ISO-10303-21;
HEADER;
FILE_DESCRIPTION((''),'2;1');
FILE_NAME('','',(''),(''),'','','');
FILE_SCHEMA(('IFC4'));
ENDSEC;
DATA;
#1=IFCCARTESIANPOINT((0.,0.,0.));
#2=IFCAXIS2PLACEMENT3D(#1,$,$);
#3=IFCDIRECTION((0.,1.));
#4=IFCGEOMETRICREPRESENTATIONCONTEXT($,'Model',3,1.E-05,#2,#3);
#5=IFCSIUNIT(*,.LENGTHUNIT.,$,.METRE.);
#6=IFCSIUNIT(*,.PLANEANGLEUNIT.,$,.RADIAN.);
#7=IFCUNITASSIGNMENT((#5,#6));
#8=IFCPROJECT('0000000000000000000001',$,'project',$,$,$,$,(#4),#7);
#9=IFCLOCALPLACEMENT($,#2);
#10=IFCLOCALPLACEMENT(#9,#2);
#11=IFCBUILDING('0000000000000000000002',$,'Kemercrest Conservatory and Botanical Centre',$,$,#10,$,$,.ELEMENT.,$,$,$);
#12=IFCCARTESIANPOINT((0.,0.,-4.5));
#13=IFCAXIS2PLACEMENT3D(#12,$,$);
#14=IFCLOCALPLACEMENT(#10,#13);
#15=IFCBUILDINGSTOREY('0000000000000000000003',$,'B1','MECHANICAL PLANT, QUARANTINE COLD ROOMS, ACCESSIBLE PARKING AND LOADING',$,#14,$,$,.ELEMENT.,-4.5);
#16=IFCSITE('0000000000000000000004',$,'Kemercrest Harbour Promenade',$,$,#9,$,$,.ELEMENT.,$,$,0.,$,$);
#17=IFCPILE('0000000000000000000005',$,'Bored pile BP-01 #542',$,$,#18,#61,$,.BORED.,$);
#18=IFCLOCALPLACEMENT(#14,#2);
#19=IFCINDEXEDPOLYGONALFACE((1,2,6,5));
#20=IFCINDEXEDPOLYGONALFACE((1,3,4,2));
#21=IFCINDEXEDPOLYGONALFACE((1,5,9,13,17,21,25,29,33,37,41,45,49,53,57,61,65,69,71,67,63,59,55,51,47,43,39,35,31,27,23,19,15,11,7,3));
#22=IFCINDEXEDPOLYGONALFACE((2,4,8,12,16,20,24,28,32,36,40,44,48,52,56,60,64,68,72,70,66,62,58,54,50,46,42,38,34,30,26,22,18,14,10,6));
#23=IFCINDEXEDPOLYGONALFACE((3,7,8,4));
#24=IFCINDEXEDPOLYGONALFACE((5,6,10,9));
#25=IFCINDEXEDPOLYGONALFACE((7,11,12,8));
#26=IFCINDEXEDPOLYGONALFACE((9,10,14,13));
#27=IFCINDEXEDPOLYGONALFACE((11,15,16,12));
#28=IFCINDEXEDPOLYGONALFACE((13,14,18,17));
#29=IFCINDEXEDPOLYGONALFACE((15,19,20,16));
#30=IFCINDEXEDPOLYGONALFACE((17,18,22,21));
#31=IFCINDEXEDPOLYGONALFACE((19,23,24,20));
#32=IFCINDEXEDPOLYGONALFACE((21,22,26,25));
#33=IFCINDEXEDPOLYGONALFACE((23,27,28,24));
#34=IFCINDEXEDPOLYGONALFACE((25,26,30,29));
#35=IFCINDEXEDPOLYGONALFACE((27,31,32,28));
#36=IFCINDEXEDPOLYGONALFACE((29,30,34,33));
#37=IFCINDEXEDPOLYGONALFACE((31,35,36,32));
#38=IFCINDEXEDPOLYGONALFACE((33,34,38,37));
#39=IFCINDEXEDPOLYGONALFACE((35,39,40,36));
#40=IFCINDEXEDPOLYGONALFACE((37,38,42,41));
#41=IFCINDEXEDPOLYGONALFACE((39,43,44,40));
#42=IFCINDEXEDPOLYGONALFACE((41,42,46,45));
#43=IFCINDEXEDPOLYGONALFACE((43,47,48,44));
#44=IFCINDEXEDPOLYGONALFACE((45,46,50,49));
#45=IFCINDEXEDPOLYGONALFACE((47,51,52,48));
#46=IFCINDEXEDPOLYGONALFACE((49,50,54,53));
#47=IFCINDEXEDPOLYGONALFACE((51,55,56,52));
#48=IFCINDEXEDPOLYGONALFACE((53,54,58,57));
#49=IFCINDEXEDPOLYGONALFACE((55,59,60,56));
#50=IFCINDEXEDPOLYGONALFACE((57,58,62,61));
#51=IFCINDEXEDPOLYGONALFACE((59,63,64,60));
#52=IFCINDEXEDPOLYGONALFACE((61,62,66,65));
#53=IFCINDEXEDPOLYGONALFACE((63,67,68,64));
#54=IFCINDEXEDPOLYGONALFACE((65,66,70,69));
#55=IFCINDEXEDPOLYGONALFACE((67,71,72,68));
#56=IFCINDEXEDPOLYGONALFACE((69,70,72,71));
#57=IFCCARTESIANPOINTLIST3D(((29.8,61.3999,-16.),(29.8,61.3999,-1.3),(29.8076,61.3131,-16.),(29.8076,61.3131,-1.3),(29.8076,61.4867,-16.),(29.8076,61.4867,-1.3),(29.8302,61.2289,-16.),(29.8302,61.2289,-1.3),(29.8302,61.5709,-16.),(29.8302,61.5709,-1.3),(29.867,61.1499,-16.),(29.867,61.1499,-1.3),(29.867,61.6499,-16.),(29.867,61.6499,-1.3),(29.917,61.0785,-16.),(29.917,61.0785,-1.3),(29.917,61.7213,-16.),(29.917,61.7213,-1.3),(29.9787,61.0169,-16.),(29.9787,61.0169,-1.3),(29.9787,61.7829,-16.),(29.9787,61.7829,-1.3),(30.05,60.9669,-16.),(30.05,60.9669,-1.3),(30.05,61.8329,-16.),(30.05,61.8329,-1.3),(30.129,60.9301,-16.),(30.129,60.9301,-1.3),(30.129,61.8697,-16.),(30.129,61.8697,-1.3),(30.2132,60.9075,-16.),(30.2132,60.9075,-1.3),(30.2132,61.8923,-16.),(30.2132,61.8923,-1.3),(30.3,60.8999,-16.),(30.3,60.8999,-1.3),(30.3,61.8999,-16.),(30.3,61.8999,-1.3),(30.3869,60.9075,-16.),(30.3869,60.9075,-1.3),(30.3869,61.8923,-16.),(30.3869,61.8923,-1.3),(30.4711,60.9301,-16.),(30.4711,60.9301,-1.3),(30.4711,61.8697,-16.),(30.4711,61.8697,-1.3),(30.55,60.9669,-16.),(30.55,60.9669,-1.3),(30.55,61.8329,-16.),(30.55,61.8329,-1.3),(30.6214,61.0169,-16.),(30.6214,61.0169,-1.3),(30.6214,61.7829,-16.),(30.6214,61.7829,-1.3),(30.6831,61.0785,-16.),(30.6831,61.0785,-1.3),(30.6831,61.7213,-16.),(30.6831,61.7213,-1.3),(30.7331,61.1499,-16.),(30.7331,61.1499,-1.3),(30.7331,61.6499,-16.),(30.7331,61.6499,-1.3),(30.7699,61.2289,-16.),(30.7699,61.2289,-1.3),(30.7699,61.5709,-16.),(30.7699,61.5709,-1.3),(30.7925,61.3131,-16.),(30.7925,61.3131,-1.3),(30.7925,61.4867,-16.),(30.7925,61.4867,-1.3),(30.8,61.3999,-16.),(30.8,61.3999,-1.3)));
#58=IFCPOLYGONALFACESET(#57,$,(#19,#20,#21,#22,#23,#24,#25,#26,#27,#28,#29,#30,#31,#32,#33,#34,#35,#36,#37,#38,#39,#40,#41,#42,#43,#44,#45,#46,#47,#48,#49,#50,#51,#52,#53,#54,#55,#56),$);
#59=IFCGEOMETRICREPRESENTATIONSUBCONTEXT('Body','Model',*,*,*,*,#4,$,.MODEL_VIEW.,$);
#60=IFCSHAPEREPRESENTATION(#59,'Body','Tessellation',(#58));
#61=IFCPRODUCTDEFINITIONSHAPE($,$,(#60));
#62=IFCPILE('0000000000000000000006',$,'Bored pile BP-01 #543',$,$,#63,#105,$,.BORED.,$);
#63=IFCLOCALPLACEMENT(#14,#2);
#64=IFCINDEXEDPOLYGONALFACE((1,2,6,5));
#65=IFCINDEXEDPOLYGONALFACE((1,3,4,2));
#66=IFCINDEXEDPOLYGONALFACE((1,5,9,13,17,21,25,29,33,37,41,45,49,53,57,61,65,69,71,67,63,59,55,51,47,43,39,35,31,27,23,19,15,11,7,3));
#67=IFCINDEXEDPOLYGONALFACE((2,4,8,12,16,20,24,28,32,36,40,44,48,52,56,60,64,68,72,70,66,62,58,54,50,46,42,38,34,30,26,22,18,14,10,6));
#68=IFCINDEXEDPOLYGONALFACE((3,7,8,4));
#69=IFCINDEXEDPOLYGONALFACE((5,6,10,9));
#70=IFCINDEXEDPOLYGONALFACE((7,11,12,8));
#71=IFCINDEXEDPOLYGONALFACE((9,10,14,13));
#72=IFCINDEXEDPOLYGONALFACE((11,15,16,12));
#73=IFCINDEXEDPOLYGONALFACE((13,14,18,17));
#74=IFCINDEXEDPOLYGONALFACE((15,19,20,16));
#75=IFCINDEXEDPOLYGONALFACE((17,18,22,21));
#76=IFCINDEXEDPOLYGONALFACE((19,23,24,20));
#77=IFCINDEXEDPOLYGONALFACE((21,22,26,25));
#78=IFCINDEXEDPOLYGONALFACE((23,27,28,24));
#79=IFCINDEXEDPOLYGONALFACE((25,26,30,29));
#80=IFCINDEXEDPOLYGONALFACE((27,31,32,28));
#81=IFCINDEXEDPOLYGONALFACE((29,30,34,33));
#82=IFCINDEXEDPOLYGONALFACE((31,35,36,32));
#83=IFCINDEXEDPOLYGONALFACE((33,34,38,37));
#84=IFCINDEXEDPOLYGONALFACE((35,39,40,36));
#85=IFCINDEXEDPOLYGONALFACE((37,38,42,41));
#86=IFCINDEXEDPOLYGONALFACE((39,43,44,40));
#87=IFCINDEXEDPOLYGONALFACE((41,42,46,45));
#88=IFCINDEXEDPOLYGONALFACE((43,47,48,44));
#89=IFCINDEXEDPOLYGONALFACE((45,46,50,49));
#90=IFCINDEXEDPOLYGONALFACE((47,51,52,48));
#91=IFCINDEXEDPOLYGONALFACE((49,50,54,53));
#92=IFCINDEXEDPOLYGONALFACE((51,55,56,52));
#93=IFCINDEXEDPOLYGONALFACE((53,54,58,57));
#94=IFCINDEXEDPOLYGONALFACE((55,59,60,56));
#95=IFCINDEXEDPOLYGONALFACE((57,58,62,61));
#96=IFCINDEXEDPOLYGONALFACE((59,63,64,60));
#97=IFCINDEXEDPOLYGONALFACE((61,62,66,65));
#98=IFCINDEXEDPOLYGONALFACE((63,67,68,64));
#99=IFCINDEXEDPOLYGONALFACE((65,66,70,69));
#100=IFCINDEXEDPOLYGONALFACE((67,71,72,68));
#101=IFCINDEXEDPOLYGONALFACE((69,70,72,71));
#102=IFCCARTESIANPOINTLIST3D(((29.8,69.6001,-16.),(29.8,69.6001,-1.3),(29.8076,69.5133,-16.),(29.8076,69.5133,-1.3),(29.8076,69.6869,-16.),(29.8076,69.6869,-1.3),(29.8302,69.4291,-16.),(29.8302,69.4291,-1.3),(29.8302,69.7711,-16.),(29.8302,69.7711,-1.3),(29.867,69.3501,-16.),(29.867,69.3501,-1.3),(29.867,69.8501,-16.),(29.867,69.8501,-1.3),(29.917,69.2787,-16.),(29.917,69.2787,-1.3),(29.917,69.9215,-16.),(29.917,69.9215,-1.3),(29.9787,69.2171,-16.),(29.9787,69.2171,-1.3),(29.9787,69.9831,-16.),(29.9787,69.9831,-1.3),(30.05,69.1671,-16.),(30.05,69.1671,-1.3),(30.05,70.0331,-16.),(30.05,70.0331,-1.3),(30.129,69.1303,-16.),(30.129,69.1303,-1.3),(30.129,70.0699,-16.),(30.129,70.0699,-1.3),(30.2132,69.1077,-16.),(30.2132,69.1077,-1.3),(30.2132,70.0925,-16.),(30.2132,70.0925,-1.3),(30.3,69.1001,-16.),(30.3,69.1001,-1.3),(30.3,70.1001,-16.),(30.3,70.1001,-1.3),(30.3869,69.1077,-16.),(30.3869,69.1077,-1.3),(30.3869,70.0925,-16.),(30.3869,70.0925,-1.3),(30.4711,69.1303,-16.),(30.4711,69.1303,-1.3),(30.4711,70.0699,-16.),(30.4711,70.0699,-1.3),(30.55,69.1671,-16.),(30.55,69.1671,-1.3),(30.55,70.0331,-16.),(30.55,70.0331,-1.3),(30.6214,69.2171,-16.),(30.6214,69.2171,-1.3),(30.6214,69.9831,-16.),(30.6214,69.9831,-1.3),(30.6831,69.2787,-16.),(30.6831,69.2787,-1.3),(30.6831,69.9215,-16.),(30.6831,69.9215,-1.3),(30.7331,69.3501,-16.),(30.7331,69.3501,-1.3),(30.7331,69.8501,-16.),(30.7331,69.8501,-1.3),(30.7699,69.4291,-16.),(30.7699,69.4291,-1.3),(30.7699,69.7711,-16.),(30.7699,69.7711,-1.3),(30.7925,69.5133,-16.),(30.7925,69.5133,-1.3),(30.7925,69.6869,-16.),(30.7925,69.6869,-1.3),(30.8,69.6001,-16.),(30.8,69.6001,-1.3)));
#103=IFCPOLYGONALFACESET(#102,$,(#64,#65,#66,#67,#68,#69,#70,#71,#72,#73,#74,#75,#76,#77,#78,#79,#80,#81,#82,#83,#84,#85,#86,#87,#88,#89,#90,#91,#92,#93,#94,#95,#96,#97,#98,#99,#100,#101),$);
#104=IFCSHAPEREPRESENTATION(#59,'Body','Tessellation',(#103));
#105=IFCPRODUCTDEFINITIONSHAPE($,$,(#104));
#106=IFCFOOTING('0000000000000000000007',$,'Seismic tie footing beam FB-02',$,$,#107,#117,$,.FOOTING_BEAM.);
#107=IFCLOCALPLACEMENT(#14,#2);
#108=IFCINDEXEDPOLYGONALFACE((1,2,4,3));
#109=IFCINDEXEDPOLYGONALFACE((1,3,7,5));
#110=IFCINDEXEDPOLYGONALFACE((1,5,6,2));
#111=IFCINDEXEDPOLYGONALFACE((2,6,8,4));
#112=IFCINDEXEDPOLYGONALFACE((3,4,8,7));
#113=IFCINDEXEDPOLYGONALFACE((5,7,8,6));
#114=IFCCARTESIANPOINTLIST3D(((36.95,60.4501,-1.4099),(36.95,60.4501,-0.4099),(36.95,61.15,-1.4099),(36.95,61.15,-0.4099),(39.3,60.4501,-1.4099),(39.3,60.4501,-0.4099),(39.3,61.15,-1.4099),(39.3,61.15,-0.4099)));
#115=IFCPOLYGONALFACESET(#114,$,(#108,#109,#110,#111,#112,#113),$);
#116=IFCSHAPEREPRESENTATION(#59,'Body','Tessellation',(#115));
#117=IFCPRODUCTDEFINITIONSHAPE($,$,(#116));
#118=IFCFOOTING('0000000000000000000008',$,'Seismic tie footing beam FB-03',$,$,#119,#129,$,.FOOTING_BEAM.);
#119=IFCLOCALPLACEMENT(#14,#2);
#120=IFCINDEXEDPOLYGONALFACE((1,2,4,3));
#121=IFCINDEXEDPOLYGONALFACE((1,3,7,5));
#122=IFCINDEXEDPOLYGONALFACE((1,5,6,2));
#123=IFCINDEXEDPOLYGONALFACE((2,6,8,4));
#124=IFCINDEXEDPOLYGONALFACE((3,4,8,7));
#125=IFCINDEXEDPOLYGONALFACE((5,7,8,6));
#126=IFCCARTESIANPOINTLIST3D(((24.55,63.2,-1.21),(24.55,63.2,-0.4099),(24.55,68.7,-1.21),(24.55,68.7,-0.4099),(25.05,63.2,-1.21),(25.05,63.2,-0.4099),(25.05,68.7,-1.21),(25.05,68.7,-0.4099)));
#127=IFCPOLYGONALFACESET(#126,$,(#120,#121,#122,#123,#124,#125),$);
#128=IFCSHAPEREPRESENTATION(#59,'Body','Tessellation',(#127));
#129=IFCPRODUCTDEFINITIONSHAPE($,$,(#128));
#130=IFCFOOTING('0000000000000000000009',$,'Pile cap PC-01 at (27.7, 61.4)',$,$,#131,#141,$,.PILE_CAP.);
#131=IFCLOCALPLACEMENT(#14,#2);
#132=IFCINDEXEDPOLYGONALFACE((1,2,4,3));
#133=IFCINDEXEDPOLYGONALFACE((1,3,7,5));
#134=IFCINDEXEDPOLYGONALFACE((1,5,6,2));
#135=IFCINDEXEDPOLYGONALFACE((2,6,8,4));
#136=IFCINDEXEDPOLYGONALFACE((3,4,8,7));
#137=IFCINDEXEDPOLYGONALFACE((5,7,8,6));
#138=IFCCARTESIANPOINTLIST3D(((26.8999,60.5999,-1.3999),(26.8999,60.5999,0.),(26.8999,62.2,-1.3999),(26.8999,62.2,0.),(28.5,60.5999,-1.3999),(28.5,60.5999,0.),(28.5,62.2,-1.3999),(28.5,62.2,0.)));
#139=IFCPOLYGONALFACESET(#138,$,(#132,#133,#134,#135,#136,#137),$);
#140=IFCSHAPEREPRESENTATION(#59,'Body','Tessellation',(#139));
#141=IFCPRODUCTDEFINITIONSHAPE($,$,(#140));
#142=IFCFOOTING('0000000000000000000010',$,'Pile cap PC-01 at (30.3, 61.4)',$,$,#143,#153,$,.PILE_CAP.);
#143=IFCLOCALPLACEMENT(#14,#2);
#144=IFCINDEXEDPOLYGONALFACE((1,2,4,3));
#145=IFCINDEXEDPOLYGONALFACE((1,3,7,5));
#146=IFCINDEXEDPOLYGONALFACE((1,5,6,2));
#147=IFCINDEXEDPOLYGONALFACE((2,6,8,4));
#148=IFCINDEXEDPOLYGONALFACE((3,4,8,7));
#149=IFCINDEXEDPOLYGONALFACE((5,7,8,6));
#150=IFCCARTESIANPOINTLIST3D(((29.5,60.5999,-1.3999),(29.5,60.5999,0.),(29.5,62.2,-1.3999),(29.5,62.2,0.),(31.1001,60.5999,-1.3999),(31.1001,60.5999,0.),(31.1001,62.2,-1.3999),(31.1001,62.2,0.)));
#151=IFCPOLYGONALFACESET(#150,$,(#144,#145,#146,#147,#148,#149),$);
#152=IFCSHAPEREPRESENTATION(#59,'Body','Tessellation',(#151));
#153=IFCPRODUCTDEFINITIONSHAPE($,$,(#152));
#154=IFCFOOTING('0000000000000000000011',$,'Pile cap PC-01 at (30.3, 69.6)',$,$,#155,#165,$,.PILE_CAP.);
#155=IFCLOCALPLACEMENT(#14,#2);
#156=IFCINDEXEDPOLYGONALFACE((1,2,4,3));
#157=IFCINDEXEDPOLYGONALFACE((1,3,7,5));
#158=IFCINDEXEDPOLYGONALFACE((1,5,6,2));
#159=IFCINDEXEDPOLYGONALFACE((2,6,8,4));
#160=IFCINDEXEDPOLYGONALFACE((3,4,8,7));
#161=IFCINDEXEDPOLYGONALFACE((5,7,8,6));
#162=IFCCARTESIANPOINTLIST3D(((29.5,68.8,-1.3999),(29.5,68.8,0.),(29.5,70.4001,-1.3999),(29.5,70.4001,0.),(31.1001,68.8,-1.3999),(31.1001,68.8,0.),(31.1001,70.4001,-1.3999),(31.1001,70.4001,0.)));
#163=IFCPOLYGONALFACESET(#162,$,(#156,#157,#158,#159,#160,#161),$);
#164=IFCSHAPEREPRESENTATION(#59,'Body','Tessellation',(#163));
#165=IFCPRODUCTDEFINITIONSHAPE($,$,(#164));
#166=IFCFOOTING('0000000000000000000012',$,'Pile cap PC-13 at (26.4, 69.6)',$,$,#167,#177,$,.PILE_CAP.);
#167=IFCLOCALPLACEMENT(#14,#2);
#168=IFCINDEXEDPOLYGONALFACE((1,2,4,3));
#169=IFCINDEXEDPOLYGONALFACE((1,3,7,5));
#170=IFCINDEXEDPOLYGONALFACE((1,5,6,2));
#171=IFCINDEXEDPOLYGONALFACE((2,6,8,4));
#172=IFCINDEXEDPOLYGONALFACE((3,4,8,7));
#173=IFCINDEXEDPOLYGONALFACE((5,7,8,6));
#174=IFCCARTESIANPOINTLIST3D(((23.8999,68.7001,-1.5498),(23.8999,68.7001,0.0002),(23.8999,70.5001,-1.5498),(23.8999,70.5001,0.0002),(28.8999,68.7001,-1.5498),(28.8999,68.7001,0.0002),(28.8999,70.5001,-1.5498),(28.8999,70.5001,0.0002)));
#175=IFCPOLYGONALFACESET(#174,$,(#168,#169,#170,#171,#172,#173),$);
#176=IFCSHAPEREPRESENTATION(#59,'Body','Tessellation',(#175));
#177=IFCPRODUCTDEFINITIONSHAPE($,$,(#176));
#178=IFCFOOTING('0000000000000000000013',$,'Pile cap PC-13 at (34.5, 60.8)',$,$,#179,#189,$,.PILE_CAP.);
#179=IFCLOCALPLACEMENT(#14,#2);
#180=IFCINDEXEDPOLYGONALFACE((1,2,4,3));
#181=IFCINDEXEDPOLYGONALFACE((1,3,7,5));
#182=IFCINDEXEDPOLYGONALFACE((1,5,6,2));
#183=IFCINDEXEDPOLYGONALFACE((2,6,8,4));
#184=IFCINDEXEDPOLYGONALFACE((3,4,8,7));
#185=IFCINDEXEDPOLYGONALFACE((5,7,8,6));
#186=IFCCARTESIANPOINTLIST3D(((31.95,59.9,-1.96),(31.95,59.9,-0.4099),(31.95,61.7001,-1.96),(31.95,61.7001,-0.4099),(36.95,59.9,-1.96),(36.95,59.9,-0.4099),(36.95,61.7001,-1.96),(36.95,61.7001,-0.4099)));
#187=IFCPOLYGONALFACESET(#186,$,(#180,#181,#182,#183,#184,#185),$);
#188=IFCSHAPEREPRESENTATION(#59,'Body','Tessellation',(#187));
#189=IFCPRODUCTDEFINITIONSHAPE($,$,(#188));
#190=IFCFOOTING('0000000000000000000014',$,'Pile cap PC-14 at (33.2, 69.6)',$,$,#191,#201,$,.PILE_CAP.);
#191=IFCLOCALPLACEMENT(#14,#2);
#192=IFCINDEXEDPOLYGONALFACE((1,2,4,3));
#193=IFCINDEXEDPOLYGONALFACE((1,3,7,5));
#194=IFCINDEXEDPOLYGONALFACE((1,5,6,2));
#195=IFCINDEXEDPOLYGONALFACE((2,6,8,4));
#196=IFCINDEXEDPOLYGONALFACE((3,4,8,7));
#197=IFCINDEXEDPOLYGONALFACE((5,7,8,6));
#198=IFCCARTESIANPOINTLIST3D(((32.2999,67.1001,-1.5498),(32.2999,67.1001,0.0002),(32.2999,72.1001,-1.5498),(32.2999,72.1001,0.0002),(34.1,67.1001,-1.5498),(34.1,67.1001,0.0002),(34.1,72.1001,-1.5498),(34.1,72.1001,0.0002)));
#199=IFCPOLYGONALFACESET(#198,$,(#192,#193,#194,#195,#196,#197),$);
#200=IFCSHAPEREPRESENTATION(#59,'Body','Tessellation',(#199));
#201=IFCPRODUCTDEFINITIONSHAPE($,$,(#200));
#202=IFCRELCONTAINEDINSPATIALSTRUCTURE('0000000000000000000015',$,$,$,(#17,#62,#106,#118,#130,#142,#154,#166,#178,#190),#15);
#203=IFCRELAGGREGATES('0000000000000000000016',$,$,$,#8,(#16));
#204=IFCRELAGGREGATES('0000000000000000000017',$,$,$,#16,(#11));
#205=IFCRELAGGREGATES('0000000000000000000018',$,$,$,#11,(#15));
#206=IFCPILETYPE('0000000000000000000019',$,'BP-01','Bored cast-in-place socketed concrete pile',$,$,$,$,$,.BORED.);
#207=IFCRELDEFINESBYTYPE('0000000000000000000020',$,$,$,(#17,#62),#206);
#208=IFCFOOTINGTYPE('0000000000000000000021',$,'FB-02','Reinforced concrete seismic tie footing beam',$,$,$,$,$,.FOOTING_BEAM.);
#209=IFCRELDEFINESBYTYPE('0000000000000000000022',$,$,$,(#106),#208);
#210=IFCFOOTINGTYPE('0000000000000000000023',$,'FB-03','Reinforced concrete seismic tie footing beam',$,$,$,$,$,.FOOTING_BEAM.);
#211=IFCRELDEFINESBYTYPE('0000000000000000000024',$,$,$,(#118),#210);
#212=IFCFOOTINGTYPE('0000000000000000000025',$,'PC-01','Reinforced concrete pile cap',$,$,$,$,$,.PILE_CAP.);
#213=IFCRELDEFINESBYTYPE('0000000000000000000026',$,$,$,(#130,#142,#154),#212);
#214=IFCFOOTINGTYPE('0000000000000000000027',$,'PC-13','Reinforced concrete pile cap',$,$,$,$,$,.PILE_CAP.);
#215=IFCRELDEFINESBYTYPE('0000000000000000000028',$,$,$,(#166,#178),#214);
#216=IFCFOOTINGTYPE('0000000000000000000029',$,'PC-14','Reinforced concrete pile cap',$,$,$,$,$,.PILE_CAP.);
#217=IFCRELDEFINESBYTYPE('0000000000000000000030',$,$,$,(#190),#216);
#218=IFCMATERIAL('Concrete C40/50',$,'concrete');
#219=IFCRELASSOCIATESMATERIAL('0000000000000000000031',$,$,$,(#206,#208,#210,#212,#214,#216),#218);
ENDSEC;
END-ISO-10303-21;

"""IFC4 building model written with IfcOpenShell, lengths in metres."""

from ifc_helpers import new_model, si_unit, direction, frame, origin, origin_2d, place, context, subcontext, project, spatial, rectangle, circle, extrude, material, material_profile, profile_set, type_object, element, save


model = new_model("IFC4")

# Units and contexts
model_context = context("Model", 3, precision=1e-05, world=origin(), true_north=direction((0.0, 1.0)))
body_context = subcontext(model_context, "Body", "Model", "MODEL_VIEW")
ifc_project = project(units=[si_unit("LENGTHUNIT", "METRE"), si_unit("PLANEANGLEUNIT", "RADIAN")], contexts=[model_context])

# Site, building, storey
site_placement = place(None, origin())
site = spatial("IfcSite", under=ifc_project, at=site_placement, Name="Kemercrest Harbour Promenade", CompositionType="ELEMENT", RefElevation=0.0)
building_placement = place(site_placement, origin())
building = spatial("IfcBuilding", under=site, at=building_placement, Name="Kemercrest Conservatory and Botanical Centre", CompositionType="ELEMENT")
storey_placement = place(building_placement, frame((0.0, 0.0, -4.5)))
storey = spatial("IfcBuildingStorey", under=building, at=storey_placement, Name="B1", Description="MECHANICAL PLANT, QUARANTINE COLD ROOMS, ACCESSIBLE PARKING AND LOADING", CompositionType="ELEMENT", Elevation=-4.5)

# Piles
ifc_material_1 = material(Name="Concrete C40/50", Category="concrete")
ifc_material_profile_1 = material_profile(ifc_material_1, circle(Radius=0.5, at=origin_2d()), Name="BORED PILE 1000")
ifc_profile_set_1 = profile_set([ifc_material_profile_1], Name="Concrete C40/50")
pile_type = type_object("IfcPileType", Name="BP-01", Description="Bored cast-in-place socketed concrete pile", PredefinedType="BORED", material=ifc_profile_set_1)
for number, where, z_axis, x_axis, name in (
    (1, (30.3, 61.3999, -1.3), (0.0, 0.0, -1.0), (1.0, 0.0, 0.0), "Bored pile BP-01 #542"),
    (2, (30.3, 69.6001, -1.3), (0.0, 0.0, -1.0), (1.0, 0.0, 0.0), "Bored pile BP-01 #543"),
):
    element("IfcPile", number, at=place(storey_placement, frame(where, z_axis=z_axis, x_axis=x_axis)), inside=storey, type_object=pile_type, Name=name, PredefinedType="BORED", context=body_context, shape_type="SweptSolid", body=[
        extrude(circle(Radius=0.5, at=origin_2d()), origin(), (0.0, 0.0, 1.0), 14.7),
    ])

# Footings
footing_type_1 = type_object("IfcFootingType", Name="FB-02", Description="Reinforced concrete seismic tie footing beam", PredefinedType="FOOTING_BEAM", material=ifc_material_1)
footing_1_placement = place(storey_placement, frame((38.125, 60.8, -1.4099), z_axis=(0.0, 0.0, 1.0), x_axis=(1.0, 0.0, 0.0)))
element("IfcFooting", 3, at=footing_1_placement, inside=storey, type_object=footing_type_1, Name="Seismic tie footing beam FB-02", PredefinedType="FOOTING_BEAM", context=body_context, shape_type="SweptSolid", body=[
    extrude(rectangle(XDim=2.3501, YDim=0.7, at=origin_2d()), origin(), (0.0, 0.0, 1.0), 1.0),
])
footing_type_2 = type_object("IfcFootingType", Name="FB-03", Description="Reinforced concrete seismic tie footing beam", PredefinedType="FOOTING_BEAM", material=ifc_material_1)
footing_2_placement = place(storey_placement, frame((24.8, 65.95, -1.21), z_axis=(0.0, 0.0, 1.0), x_axis=(1.0, 0.0, 0.0)))
element("IfcFooting", 4, at=footing_2_placement, inside=storey, type_object=footing_type_2, Name="Seismic tie footing beam FB-03", PredefinedType="FOOTING_BEAM", context=body_context, shape_type="SweptSolid", body=[
    extrude(rectangle(XDim=0.5, YDim=5.5, at=origin_2d()), origin(), (0.0, 0.0, 1.0), 0.8),
])
footing_type_3 = type_object("IfcFootingType", Name="PC-01", Description="Reinforced concrete pile cap", PredefinedType="PILE_CAP", material=ifc_material_1)
for number, where, z_axis, x_axis, name in (
    (5, (27.7, 61.3999, -1.3999), (0.0, 0.0, 1.0), (1.0, 0.0, 0.0), "Pile cap PC-01 at (27.7, 61.4)"),
    (6, (30.3, 61.3999, -1.3999), (0.0, 0.0, 1.0), (1.0, 0.0, 0.0), "Pile cap PC-01 at (30.3, 61.4)"),
    (7, (30.3, 69.6001, -1.3999), (0.0, 0.0, 1.0), (1.0, 0.0, 0.0), "Pile cap PC-01 at (30.3, 69.6)"),
):
    element("IfcFooting", number, at=place(storey_placement, frame(where, z_axis=z_axis, x_axis=x_axis)), inside=storey, type_object=footing_type_3, Name=name, PredefinedType="PILE_CAP", context=body_context, shape_type="SweptSolid", body=[
        extrude(rectangle(XDim=1.6001, YDim=1.6001, at=origin_2d()), origin(), (0.0, 0.0, 1.0), 1.3999),
    ])
footing_type_4 = type_object("IfcFootingType", Name="PC-13", Description="Reinforced concrete pile cap", PredefinedType="PILE_CAP", material=ifc_material_1)
for number, where, z_axis, x_axis, name in (
    (8, (26.3999, 69.6001, -1.5498), (0.0, 0.0, 1.0), (1.0, 0.0, 0.0), "Pile cap PC-13 at (26.4, 69.6)"),
    (9, (34.45, 60.8, -1.96), (0.0, 0.0, 1.0), (1.0, 0.0, 0.0), "Pile cap PC-13 at (34.5, 60.8)"),
):
    element("IfcFooting", number, at=place(storey_placement, frame(where, z_axis=z_axis, x_axis=x_axis)), inside=storey, type_object=footing_type_4, Name=name, PredefinedType="PILE_CAP", context=body_context, shape_type="SweptSolid", body=[
        extrude(rectangle(XDim=5.0, YDim=1.8, at=origin_2d()), origin(), (0.0, 0.0, 1.0), 1.55),
    ])
footing_type_5 = type_object("IfcFootingType", Name="PC-14", Description="Reinforced concrete pile cap", PredefinedType="PILE_CAP", material=ifc_material_1)
footing_3_placement = place(storey_placement, frame((33.2, 69.6001, -1.5498), z_axis=(0.0, 0.0, 1.0), x_axis=(1.0, 0.0, 0.0)))
element("IfcFooting", 10, at=footing_3_placement, inside=storey, type_object=footing_type_5, Name="Pile cap PC-14 at (33.2, 69.6)", PredefinedType="PILE_CAP", context=body_context, shape_type="SweptSolid", body=[
    extrude(rectangle(XDim=1.8, YDim=5.0, at=origin_2d()), origin(), (0.0, 0.0, 1.0), 1.55),
])

save(model, "model.ifc")
